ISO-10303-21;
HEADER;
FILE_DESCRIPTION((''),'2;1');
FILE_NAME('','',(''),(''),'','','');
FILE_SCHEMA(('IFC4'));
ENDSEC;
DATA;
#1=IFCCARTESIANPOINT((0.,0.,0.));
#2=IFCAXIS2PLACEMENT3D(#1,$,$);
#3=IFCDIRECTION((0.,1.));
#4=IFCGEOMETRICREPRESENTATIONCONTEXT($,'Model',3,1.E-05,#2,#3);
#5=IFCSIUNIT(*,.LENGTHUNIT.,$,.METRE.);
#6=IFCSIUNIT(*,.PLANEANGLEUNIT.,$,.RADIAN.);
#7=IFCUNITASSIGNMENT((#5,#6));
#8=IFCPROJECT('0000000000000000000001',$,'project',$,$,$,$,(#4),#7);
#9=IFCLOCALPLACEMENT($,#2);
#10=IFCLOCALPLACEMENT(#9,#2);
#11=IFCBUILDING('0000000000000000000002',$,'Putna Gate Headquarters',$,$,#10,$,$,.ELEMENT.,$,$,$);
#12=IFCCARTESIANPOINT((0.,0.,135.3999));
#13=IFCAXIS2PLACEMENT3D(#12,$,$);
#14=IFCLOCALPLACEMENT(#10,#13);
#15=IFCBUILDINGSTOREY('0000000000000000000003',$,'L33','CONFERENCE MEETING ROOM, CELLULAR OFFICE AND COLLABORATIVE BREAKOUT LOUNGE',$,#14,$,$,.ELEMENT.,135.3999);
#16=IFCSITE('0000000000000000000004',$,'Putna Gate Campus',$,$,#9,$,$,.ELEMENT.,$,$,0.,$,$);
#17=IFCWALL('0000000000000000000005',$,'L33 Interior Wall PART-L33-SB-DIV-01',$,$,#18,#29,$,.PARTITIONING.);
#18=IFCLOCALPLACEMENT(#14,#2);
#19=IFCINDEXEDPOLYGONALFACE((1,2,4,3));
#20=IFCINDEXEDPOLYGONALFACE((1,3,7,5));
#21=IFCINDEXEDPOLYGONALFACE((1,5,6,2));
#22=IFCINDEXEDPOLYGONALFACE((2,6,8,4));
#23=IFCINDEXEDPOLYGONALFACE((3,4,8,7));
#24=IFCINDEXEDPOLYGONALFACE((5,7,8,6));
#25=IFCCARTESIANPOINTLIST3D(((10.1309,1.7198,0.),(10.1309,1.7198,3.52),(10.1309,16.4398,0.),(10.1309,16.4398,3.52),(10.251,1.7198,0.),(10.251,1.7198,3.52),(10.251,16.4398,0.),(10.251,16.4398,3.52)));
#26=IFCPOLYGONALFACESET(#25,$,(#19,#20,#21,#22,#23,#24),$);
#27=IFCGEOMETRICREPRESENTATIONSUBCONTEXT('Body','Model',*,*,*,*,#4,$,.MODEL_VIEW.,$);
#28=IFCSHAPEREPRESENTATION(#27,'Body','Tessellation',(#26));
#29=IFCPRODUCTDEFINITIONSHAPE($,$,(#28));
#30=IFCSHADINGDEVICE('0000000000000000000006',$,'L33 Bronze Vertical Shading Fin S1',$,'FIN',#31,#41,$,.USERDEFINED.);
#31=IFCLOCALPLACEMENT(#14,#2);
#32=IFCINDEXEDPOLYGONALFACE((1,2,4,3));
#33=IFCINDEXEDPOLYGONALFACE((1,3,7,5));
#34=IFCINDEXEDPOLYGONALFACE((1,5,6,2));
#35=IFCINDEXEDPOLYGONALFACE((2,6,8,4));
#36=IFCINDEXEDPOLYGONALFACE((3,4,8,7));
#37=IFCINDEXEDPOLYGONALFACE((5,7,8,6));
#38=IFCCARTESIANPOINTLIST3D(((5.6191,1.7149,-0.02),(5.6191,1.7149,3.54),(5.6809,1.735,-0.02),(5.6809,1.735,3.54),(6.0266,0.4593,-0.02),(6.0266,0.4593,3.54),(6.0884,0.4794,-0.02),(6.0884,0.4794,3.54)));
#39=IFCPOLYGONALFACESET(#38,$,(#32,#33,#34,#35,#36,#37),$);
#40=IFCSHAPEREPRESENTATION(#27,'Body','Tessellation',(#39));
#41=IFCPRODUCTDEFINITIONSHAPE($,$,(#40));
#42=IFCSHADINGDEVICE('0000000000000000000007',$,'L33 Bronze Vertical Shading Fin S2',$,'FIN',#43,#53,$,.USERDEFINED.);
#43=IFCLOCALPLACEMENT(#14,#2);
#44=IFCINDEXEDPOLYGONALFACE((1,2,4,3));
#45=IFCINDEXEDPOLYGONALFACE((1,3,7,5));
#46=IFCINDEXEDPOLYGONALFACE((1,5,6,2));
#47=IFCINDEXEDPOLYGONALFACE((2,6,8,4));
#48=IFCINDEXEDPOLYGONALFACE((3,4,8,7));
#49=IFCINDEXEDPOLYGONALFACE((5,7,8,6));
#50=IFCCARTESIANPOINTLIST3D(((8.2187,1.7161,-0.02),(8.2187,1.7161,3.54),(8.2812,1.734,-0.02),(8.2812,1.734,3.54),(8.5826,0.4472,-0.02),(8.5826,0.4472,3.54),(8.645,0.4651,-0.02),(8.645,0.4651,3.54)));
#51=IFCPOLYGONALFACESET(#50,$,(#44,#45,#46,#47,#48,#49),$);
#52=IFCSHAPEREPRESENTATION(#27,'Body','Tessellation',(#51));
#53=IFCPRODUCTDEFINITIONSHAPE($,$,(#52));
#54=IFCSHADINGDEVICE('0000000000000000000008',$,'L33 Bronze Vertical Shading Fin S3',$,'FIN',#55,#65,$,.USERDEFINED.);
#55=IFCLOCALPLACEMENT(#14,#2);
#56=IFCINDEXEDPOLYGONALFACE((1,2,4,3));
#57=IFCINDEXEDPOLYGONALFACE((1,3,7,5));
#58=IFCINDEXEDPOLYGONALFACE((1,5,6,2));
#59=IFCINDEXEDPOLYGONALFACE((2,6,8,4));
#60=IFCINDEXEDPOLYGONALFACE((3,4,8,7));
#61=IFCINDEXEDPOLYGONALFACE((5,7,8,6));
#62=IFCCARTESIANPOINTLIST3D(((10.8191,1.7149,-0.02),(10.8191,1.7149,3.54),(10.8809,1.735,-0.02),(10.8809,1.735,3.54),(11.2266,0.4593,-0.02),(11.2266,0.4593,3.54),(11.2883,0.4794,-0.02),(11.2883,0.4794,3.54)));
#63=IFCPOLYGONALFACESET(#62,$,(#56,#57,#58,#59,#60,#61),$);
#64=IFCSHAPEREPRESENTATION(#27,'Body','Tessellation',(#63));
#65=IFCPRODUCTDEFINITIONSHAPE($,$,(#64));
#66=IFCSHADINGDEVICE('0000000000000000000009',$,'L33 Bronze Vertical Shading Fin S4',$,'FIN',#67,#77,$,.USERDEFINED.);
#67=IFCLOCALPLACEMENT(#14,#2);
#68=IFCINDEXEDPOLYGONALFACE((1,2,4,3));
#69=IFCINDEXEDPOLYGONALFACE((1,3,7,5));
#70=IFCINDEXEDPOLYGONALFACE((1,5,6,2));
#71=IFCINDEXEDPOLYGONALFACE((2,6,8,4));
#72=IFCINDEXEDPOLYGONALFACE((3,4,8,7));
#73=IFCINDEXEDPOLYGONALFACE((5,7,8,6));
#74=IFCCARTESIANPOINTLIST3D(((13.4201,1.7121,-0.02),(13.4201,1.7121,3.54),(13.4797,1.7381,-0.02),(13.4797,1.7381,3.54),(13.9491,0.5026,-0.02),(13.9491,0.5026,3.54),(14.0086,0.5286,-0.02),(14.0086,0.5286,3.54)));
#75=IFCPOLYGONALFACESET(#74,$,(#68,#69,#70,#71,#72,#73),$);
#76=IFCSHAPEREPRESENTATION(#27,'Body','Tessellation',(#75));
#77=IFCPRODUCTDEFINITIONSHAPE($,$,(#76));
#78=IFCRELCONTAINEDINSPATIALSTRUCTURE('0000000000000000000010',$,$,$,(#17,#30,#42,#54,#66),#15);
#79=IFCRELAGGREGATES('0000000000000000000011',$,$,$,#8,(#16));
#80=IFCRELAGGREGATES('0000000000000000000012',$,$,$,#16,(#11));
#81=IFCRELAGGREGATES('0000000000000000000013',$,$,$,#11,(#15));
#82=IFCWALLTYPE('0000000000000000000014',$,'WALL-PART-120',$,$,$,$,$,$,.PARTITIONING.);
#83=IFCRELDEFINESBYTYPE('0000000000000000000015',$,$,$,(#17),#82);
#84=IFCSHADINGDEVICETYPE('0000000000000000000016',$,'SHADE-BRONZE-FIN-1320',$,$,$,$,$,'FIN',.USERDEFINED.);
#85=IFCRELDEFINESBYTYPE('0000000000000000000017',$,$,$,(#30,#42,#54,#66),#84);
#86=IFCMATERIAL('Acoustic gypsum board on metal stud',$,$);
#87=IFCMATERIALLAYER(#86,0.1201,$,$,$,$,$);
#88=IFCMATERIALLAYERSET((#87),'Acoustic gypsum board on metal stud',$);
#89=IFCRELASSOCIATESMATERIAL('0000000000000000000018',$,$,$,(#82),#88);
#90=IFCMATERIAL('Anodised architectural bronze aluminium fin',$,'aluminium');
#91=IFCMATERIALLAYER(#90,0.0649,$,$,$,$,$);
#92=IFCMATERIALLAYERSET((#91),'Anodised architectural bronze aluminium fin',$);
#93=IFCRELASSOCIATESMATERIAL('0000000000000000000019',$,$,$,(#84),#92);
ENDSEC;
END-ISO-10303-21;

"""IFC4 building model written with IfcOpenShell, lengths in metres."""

from ifc_helpers import new_model, si_unit, direction, frame, frame_2d, origin, origin_2d, place, context, subcontext, project, spatial, rectangle, extrude, material, layer, layer_set, type_object, element, save


model = new_model("IFC4")

# Units and contexts
model_context = context("Model", 3, precision=1e-05, world=origin(), true_north=direction((0.0, 1.0)))
body_context = subcontext(model_context, "Body", "Model", "MODEL_VIEW")
ifc_project = project(units=[si_unit("LENGTHUNIT", "METRE"), si_unit("PLANEANGLEUNIT", "RADIAN")], contexts=[model_context])

# Site, building, storey
site_placement = place(None, origin())
site = spatial("IfcSite", under=ifc_project, at=site_placement, Name="Putna Gate Campus", CompositionType="ELEMENT", RefElevation=0.0)
building_placement = place(site_placement, origin())
building = spatial("IfcBuilding", under=site, at=building_placement, Name="Putna Gate Headquarters", CompositionType="ELEMENT")
storey_placement = place(building_placement, frame((0.0, 0.0, 135.3999)))
storey = spatial("IfcBuildingStorey", under=building, at=storey_placement, Name="L33", Description="CONFERENCE MEETING ROOM, CELLULAR OFFICE AND COLLABORATIVE BREAKOUT LOUNGE", CompositionType="ELEMENT", Elevation=135.3999)

# Wall
ifc_material_1 = material(Name="Acoustic gypsum board on metal stud")
ifc_layer_1 = layer(ifc_material_1, 0.1201)
ifc_layer_set_1 = layer_set([ifc_layer_1], Name="Acoustic gypsum board on metal stud")
wall_type_1 = type_object("IfcWallType", Name="WALL-PART-120", PredefinedType="PARTITIONING", material=ifc_layer_set_1)
wall_placement = place(storey_placement, frame((10.1909, 1.72, 0.0), z_axis=(0.0, 0.0, 1.0), x_axis=(0.0, 1.0, 0.0)))
element("IfcWall", 1, at=wall_placement, inside=storey, type_object=wall_type_1, Name="L33 Interior Wall PART-L33-SB-DIV-01", PredefinedType="PARTITIONING", context=body_context, shape_type="SweptSolid", body=[
    extrude(rectangle(XDim=14.72, YDim=0.1201, at=frame_2d((7.3599, 0.0))), origin(), (0.0, 0.0, 1.0), 3.52),
])

# Shading devices
ifc_material_2 = material(Name="Anodised architectural bronze aluminium fin", Category="aluminium")
ifc_layer_2 = layer(ifc_material_2, 0.0649)
ifc_layer_set_2 = layer_set([ifc_layer_2], Name="Anodised architectural bronze aluminium fin")
shading_device_type = type_object("IfcShadingDeviceType", Name="SHADE-BRONZE-FIN-1320", ElementType="FIN", PredefinedType="USERDEFINED", material=ifc_layer_set_2)
for number, where, z_axis, x_axis, name in (
    (2, (5.8538, 1.0972, -0.02), (0.0, 0.0, 1.0), (0.308685, -0.951164, 0.0), "L33 Bronze Vertical Shading Fin S1"),
    (3, (8.4319, 1.0906, -0.02), (0.0, 0.0, 1.0), (0.275637, -0.961262, 0.0), "L33 Bronze Vertical Shading Fin S2"),
    (4, (11.0537, 1.0972, -0.02), (0.0, 0.0, 1.0), (0.308685, -0.951164, 0.0), "L33 Bronze Vertical Shading Fin S3"),
    (5, (13.7144, 1.1204, -0.02), (0.0, 0.0, 1.0), (0.400669, -0.916223, 0.0), "L33 Bronze Vertical Shading Fin S4"),
):
    element("IfcShadingDevice", number, at=place(storey_placement, frame(where, z_axis=z_axis, x_axis=x_axis)), inside=storey, type_object=shading_device_type, Name=name, ObjectType="FIN", PredefinedType="USERDEFINED", context=body_context, shape_type="SweptSolid", body=[
        extrude(rectangle(XDim=1.3201, YDim=0.0649, at=origin_2d()), origin(), (0.0, 0.0, 1.0), 3.5601),
    ])

save(model, "model.ifc")
